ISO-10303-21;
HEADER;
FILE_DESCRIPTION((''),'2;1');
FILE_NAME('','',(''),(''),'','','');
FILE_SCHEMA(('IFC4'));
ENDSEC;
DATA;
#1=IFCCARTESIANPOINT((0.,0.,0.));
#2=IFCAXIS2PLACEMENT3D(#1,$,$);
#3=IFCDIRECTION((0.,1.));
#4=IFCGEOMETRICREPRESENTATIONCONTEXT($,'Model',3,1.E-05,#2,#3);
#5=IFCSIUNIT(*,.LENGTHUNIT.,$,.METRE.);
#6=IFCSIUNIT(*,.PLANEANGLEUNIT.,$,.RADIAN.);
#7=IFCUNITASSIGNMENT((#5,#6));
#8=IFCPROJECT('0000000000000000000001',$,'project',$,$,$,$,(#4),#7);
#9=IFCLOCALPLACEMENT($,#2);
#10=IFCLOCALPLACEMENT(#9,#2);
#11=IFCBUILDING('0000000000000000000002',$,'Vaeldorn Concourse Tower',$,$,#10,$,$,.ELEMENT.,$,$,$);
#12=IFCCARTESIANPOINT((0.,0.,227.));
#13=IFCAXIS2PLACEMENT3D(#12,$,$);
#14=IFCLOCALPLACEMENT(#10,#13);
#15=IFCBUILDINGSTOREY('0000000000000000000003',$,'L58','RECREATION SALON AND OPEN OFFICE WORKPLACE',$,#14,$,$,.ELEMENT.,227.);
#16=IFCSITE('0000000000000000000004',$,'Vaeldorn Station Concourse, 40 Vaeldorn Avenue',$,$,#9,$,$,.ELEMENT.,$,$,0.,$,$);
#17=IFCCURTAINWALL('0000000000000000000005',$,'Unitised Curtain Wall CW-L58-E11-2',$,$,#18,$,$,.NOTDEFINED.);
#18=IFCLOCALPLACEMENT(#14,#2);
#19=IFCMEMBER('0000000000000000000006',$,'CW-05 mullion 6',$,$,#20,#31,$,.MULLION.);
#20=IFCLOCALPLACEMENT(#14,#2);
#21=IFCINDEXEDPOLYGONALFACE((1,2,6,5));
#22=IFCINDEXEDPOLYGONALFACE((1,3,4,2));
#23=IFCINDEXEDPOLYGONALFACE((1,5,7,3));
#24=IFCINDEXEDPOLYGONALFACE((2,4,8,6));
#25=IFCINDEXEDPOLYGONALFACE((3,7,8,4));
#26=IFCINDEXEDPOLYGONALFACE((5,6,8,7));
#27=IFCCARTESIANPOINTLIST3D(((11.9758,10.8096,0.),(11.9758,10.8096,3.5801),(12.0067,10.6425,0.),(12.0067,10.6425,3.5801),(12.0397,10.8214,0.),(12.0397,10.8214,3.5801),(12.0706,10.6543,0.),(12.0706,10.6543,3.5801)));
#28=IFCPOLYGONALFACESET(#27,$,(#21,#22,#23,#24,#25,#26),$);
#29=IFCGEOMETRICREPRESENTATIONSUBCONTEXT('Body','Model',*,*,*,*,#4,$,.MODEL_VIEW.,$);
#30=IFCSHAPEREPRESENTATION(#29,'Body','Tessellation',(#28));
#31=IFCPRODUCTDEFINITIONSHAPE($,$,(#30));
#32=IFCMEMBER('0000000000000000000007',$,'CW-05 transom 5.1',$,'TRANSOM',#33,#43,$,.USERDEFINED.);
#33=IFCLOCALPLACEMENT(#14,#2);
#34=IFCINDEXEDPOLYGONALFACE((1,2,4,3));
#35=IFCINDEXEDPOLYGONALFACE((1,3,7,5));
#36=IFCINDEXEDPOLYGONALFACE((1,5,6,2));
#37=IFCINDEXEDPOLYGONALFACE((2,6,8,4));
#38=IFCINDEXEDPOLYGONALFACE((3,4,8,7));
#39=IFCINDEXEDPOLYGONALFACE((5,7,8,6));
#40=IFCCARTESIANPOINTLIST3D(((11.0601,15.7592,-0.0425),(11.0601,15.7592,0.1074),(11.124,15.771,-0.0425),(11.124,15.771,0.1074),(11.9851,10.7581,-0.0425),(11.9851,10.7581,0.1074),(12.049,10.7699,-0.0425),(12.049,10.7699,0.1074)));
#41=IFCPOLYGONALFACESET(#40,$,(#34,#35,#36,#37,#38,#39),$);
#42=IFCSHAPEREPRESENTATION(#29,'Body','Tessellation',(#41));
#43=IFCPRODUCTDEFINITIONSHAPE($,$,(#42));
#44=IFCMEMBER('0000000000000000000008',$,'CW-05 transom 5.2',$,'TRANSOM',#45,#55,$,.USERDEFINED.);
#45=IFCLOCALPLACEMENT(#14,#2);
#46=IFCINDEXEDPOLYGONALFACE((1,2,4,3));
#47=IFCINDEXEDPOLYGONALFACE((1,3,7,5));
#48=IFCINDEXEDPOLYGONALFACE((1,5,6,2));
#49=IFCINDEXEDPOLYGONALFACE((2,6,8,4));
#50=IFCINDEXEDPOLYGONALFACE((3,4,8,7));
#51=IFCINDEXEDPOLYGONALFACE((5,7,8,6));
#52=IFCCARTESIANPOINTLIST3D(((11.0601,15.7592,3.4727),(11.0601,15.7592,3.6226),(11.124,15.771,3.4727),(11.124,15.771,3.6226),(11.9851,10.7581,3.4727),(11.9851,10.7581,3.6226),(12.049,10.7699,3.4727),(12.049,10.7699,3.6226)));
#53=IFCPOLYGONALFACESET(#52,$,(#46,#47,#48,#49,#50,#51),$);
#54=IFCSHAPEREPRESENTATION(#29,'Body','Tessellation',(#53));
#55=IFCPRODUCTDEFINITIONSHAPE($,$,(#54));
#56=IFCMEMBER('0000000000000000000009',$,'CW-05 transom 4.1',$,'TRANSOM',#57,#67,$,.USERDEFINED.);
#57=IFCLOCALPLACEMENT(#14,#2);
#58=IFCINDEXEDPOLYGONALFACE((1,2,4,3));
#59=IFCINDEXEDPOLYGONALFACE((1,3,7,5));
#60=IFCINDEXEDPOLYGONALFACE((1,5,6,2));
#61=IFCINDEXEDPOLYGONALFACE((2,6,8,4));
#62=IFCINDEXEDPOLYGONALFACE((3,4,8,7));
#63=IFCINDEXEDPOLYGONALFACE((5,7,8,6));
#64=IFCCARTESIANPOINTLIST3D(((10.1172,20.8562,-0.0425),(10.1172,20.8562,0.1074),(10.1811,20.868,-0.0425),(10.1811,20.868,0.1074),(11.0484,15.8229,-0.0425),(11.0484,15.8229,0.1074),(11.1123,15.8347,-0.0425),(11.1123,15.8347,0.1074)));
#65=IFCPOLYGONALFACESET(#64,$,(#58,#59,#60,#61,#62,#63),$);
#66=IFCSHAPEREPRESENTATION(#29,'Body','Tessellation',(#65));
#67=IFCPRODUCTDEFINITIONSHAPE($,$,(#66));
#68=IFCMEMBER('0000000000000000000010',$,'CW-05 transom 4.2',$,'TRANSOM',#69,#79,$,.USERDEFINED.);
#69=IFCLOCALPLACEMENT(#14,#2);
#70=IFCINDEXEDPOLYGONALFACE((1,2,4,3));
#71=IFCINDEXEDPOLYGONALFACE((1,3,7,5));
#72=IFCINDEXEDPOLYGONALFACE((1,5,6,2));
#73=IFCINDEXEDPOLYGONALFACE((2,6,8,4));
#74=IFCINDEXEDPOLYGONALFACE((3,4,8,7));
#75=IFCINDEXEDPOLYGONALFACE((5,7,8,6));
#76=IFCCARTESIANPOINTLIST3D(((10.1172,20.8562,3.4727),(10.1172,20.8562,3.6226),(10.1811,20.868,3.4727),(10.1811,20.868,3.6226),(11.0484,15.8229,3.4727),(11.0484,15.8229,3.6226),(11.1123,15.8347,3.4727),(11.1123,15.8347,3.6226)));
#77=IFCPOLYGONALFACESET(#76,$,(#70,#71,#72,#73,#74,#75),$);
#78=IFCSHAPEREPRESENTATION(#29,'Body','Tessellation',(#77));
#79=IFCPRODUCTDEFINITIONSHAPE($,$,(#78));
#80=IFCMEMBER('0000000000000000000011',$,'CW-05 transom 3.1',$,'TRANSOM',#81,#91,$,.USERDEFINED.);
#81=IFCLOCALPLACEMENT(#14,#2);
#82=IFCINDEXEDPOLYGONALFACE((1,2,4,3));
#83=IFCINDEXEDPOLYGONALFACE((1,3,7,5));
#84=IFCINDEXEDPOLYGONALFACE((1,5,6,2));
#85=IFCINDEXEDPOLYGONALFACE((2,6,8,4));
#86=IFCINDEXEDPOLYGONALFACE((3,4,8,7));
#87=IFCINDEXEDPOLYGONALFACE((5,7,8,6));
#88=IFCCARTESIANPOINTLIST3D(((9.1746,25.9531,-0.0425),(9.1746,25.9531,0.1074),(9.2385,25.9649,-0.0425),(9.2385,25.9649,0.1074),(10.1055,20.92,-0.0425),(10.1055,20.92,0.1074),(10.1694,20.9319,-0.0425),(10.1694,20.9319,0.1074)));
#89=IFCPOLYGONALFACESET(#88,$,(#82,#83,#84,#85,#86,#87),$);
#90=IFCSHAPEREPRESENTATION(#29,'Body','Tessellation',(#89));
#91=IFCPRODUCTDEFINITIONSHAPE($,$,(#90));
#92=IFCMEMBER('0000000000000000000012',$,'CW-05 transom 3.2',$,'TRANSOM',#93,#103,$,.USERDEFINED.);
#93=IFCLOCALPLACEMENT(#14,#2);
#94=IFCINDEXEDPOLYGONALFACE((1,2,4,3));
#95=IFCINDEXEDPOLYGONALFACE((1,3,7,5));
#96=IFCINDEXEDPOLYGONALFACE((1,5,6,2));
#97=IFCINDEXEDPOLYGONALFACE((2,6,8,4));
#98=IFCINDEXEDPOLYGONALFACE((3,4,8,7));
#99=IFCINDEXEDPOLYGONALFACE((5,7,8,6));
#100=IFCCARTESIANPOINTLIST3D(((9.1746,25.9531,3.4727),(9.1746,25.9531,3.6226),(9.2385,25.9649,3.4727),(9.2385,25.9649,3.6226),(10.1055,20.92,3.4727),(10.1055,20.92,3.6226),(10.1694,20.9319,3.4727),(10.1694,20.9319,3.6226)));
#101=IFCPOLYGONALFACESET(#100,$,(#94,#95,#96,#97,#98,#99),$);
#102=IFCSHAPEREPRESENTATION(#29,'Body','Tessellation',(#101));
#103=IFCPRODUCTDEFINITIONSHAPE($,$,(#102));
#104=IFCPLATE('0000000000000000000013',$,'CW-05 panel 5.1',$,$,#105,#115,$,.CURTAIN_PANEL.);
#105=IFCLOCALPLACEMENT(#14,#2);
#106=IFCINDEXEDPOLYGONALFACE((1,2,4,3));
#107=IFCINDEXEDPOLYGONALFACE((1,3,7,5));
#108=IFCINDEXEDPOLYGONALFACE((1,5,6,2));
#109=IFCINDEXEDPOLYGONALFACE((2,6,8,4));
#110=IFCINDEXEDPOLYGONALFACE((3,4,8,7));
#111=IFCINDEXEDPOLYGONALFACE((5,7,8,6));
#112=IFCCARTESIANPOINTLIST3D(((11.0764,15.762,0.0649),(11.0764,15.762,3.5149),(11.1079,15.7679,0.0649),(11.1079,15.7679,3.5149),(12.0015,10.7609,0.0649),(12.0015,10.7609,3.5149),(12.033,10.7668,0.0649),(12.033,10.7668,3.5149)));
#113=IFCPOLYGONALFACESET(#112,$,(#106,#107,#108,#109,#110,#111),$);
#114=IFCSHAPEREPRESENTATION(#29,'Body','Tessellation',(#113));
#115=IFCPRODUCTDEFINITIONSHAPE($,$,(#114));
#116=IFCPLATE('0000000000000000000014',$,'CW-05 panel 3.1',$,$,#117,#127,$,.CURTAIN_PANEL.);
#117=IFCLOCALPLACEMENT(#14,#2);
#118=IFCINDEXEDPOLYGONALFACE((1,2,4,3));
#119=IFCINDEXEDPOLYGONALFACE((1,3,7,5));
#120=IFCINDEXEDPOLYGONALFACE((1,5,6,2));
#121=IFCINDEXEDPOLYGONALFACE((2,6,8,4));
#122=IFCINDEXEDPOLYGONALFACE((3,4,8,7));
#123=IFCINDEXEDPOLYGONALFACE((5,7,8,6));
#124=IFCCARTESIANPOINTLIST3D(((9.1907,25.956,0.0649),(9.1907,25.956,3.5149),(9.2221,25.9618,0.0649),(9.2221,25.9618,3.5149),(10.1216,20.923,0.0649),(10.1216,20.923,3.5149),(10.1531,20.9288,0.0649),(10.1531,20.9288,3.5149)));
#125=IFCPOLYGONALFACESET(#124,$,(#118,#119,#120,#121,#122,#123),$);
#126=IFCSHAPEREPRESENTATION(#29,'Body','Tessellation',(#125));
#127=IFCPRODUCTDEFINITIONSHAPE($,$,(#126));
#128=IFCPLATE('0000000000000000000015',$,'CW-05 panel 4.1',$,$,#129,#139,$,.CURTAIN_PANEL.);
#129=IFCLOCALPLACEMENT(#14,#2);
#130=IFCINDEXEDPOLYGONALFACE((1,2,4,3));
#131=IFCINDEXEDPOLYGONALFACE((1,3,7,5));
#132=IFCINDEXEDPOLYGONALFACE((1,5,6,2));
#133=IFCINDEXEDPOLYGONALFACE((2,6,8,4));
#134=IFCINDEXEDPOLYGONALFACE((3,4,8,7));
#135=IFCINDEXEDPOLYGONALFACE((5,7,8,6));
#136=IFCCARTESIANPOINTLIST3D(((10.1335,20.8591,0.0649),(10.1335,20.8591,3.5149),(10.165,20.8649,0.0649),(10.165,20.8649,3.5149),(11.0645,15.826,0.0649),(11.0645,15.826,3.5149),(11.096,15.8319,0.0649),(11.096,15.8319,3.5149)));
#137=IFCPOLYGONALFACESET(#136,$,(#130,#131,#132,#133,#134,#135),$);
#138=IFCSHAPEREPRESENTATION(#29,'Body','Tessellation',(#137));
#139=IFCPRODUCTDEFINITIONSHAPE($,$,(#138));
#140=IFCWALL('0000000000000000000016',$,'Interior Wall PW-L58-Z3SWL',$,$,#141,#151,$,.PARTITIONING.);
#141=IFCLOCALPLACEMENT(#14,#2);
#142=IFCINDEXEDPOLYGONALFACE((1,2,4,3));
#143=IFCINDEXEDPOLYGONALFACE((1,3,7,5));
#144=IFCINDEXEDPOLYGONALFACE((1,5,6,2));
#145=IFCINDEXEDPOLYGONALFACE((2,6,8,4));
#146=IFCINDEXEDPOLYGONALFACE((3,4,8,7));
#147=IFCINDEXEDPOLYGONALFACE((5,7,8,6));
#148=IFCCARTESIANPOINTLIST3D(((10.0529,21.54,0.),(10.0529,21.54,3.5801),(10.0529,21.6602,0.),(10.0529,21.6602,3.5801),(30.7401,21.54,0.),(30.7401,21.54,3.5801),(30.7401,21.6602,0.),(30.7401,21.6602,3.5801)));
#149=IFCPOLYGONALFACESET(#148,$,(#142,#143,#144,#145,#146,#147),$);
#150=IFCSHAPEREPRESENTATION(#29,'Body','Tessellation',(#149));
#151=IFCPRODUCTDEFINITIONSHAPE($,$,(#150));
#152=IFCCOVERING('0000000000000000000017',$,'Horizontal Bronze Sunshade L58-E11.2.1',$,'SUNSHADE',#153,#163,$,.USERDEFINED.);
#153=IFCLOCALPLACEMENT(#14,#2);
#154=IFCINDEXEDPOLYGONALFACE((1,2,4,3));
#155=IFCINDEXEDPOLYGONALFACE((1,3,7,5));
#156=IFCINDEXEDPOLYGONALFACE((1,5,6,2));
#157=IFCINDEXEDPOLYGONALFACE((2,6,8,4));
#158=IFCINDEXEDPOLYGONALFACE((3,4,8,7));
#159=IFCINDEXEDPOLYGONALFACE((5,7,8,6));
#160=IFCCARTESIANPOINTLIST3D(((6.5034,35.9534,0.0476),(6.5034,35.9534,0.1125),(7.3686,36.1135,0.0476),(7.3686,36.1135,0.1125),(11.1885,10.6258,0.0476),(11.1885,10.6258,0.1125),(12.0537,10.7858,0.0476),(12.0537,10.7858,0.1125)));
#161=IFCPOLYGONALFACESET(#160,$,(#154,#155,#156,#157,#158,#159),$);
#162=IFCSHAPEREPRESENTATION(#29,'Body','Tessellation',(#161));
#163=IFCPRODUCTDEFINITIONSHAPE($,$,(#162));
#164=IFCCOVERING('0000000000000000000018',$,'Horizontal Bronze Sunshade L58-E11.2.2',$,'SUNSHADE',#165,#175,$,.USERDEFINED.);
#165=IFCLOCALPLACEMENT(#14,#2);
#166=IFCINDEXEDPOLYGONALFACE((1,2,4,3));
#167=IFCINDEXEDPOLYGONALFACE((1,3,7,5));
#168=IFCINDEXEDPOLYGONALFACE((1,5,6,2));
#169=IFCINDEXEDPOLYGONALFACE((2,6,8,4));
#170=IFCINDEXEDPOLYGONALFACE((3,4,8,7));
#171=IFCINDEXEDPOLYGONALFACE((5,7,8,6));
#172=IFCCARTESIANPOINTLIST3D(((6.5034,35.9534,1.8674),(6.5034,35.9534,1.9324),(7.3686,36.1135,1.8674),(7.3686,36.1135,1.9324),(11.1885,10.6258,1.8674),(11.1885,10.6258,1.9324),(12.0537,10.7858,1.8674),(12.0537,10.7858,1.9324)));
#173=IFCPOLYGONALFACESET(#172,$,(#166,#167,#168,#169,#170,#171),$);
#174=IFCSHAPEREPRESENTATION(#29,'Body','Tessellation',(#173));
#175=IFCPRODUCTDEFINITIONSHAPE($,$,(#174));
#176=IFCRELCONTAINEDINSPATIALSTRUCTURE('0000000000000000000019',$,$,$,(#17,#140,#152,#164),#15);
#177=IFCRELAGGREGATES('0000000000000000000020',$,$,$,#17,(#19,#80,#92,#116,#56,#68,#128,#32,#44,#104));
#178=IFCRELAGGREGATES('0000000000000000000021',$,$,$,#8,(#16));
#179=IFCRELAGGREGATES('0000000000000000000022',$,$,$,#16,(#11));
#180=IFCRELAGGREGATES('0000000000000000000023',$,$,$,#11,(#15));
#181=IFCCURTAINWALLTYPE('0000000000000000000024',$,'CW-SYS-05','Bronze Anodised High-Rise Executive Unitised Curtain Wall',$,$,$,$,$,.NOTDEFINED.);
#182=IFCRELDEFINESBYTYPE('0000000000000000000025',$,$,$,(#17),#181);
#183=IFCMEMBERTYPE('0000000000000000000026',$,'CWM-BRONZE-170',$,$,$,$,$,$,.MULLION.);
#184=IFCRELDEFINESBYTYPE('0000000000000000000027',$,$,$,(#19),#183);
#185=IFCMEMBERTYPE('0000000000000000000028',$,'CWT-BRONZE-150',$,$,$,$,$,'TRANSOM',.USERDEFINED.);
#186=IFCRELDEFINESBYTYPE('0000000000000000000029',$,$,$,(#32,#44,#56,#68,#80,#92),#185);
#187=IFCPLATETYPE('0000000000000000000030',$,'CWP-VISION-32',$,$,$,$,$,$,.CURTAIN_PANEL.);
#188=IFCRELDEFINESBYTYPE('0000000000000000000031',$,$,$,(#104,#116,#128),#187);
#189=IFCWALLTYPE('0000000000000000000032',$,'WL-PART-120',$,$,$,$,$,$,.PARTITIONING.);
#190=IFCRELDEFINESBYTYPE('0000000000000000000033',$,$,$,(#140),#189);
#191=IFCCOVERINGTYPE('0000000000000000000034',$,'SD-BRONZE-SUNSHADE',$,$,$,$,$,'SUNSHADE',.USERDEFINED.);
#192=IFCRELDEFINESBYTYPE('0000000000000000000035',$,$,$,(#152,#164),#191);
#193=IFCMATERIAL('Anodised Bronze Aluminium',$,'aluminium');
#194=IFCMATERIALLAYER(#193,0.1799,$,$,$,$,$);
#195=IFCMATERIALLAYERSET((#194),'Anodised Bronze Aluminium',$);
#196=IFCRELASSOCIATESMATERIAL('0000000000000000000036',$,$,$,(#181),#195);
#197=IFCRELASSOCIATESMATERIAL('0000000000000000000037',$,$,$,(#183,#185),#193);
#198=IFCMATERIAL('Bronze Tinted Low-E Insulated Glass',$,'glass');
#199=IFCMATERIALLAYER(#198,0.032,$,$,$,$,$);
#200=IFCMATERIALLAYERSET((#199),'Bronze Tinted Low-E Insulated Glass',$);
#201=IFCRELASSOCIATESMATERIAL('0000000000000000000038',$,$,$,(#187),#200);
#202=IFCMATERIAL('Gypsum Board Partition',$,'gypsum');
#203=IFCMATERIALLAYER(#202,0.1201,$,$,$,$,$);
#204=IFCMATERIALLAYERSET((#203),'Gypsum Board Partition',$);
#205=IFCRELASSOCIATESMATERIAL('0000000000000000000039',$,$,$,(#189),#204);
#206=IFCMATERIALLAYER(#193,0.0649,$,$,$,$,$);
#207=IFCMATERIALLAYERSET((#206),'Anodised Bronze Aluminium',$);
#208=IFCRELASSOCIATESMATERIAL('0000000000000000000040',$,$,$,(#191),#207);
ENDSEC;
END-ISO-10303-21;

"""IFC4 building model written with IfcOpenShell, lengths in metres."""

from ifc_helpers import new_model, si_unit, direction, frame, frame_2d, origin, origin_2d, place, context, subcontext, project, spatial, rectangle, extrude, source, transform, mapped, material, layer, layer_set, material_profile, profile_set, type_object, element, aggregate, save


model = new_model("IFC4")

# Units and contexts
model_context = context("Model", 3, precision=1e-05, world=origin(), true_north=direction((0.0, 1.0)))
body_context = subcontext(model_context, "Body", "Model", "MODEL_VIEW")
ifc_project = project(units=[si_unit("LENGTHUNIT", "METRE"), si_unit("PLANEANGLEUNIT", "RADIAN")], contexts=[model_context])

# Site, building, storey
site_placement = place(None, origin())
site = spatial("IfcSite", under=ifc_project, at=site_placement, Name="Vaeldorn Station Concourse, 40 Vaeldorn Avenue", CompositionType="ELEMENT", RefElevation=0.0)
building_placement = place(site_placement, origin())
building = spatial("IfcBuilding", under=site, at=building_placement, Name="Vaeldorn Concourse Tower", CompositionType="ELEMENT")
storey_placement = place(building_placement, frame((0.0, 0.0, 227.0)))
storey = spatial("IfcBuildingStorey", under=building, at=storey_placement, Name="L58", Description="RECREATION SALON AND OPEN OFFICE WORKPLACE", CompositionType="ELEMENT", Elevation=227.0)

# Curtain wall, members, plates
ifc_material_1 = material(Name="Anodised Bronze Aluminium", Category="aluminium")
ifc_layer_1 = layer(ifc_material_1, 0.1799)
ifc_layer_set_1 = layer_set([ifc_layer_1], Name="Anodised Bronze Aluminium")
curtain_wall_type = type_object("IfcCurtainWallType", Name="CW-SYS-05", Description="Bronze Anodised High-Rise Executive Unitised Curtain Wall", PredefinedType="NOTDEFINED", material=ifc_layer_set_1)
curtain_wall_placement = place(storey_placement, origin())
curtain_wall = element("IfcCurtainWall", 1, at=curtain_wall_placement, inside=storey, type_object=curtain_wall_type, Name="Unitised Curtain Wall CW-L58-E11-2", PredefinedType="NOTDEFINED")
ifc_material_profile_1 = material_profile(ifc_material_1, rectangle(XDim=0.0649, YDim=0.1699, at=origin_2d()), Name="CWM 65x170")
ifc_profile_set_1 = profile_set([ifc_material_profile_1], Name="Anodised Bronze Aluminium")
member_type_1 = type_object("IfcMemberType", Name="CWM-BRONZE-170", PredefinedType="MULLION", material=ifc_profile_set_1)
shared_shape_1 = source(origin(), body_context, "Body", "SweptSolid", [
    extrude(rectangle(XDim=0.0649, YDim=0.1699, at=origin_2d()), origin(), (0.0, 0.0, 1.0), 3.5801),
])
member_1_placement = place(storey_placement, frame((12.0232, 10.7319, 0.0), z_axis=(0.0, 0.0, 1.0), x_axis=(0.983319, 0.18189, 0.0)))
member_1 = element("IfcMember", 2, at=member_1_placement, type_object=member_type_1, Name="CW-05 mullion 6", PredefinedType="MULLION", context=body_context, shape_type="MappedRepresentation", body=[
    mapped(shared_shape_1, transform((0.0, 0.0, 0.0), scale=1.0)),
])
ifc_material_profile_2 = material_profile(ifc_material_1, rectangle(XDim=0.0649, YDim=0.1499, at=origin_2d()), Name="CWT 65x150")
ifc_profile_set_2 = profile_set([ifc_material_profile_2], Name="Anodised Bronze Aluminium")
member_type_2 = type_object("IfcMemberType", Name="CWT-BRONZE-150", ElementType="TRANSOM", PredefinedType="USERDEFINED", material=ifc_profile_set_2)
shared_shape_2 = source(origin(), body_context, "Body", "SweptSolid", [
    extrude(rectangle(XDim=0.0649, YDim=0.1499, at=origin_2d()), origin(), (0.0, 0.0, 1.0), 5.0859),
])
member_2_placement = place(storey_placement, frame((11.092, 15.7651, 0.0325), z_axis=(0.18188, -0.983321, 0.0), x_axis=(0.983321, 0.18188, 0.0)))
member_2 = element("IfcMember", 3, at=member_2_placement, type_object=member_type_2, Name="CW-05 transom 5.1", ObjectType="TRANSOM", PredefinedType="USERDEFINED", context=body_context, shape_type="MappedRepresentation", body=[
    mapped(shared_shape_2, transform((0.0, 0.0, 0.0), scale=1.0)),
])
member_3_placement = place(storey_placement, frame((11.092, 15.7651, 3.5476), z_axis=(0.18188, -0.983321, 0.0), x_axis=(0.983321, 0.18188, 0.0)))
member_3 = element("IfcMember", 4, at=member_3_placement, type_object=member_type_2, Name="CW-05 transom 5.2", ObjectType="TRANSOM", PredefinedType="USERDEFINED", context=body_context, shape_type="MappedRepresentation", body=[
    mapped(shared_shape_2, transform((0.0, 0.0, 0.0), scale=1.0)),
])
shared_shape_3 = source(origin(), body_context, "Body", "SweptSolid", [
    extrude(rectangle(XDim=0.0649, YDim=0.1499, at=origin_2d()), origin(), (0.0, 0.0, 1.0), 5.1187),
])
member_4_placement = place(storey_placement, frame((10.1492, 20.8621, 0.0325), z_axis=(0.181915, -0.983314, 0.0), x_axis=(0.983314, 0.181915, 0.0)))
member_4 = element("IfcMember", 5, at=member_4_placement, type_object=member_type_2, Name="CW-05 transom 4.1", ObjectType="TRANSOM", PredefinedType="USERDEFINED", context=body_context, shape_type="MappedRepresentation", body=[
    mapped(shared_shape_3, transform((0.0, 0.0, 0.0), scale=1.0)),
])
member_5_placement = place(storey_placement, frame((10.1492, 20.8621, 3.5476), z_axis=(0.181915, -0.983314, 0.0), x_axis=(0.983314, 0.181915, 0.0)))
member_5 = element("IfcMember", 6, at=member_5_placement, type_object=member_type_2, Name="CW-05 transom 4.2", ObjectType="TRANSOM", PredefinedType="USERDEFINED", context=body_context, shape_type="MappedRepresentation", body=[
    mapped(shared_shape_3, transform((0.0, 0.0, 0.0), scale=1.0)),
])
shared_shape_4 = source(origin(), body_context, "Body", "SweptSolid", [
    extrude(rectangle(XDim=0.0649, YDim=0.1499, at=origin_2d()), origin(), (0.0, 0.0, 1.0), 5.1184),
])
member_6_placement = place(storey_placement, frame((9.2065, 25.959, 0.0325), z_axis=(0.181877, -0.983321, 0.0), x_axis=(0.983321, 0.181877, 0.0)))
member_6 = element("IfcMember", 7, at=member_6_placement, type_object=member_type_2, Name="CW-05 transom 3.1", ObjectType="TRANSOM", PredefinedType="USERDEFINED", context=body_context, shape_type="MappedRepresentation", body=[
    mapped(shared_shape_4, transform((0.0, 0.0, 0.0), scale=1.0)),
])
member_7_placement = place(storey_placement, frame((9.2065, 25.959, 3.5476), z_axis=(0.181877, -0.983321, 0.0), x_axis=(0.983321, 0.181877, 0.0)))
member_7 = element("IfcMember", 8, at=member_7_placement, type_object=member_type_2, Name="CW-05 transom 3.2", ObjectType="TRANSOM", PredefinedType="USERDEFINED", context=body_context, shape_type="MappedRepresentation", body=[
    mapped(shared_shape_4, transform((0.0, 0.0, 0.0), scale=1.0)),
])
ifc_material_2 = material(Name="Bronze Tinted Low-E Insulated Glass", Category="glass")
ifc_layer_2 = layer(ifc_material_2, 0.032)
ifc_layer_set_2 = layer_set([ifc_layer_2], Name="Bronze Tinted Low-E Insulated Glass")
plate_type = type_object("IfcPlateType", Name="CWP-VISION-32", PredefinedType="CURTAIN_PANEL", material=ifc_layer_set_2)
shared_shape_5 = source(origin(), body_context, "Body", "SweptSolid", [
    extrude(rectangle(XDim=5.0859, YDim=0.032, at=origin_2d()), origin(), (0.0, 0.0, 1.0), 3.45),
])
plate_1_placement = place(storey_placement, frame((11.5547, 13.2644, 0.0649), z_axis=(0.0, 0.0, 1.0), x_axis=(0.18189, -0.983319, 0.0)))
plate_1 = element("IfcPlate", 9, at=plate_1_placement, type_object=plate_type, Name="CW-05 panel 5.1", PredefinedType="CURTAIN_PANEL", context=body_context, shape_type="MappedRepresentation", body=[
    mapped(shared_shape_5, transform((0.0, 0.0, 0.0), scale=1.0)),
])
shared_shape_6 = source(origin(), body_context, "Body", "SweptSolid", [
    extrude(rectangle(XDim=5.1184, YDim=0.032, at=origin_2d()), origin(), (0.0, 0.0, 1.0), 3.45),
])
plate_2_placement = place(storey_placement, frame((9.6719, 23.4424, 0.0649), z_axis=(0.0, 0.0, 1.0), x_axis=(0.18189, -0.983319, 0.0)))
plate_2 = element("IfcPlate", 10, at=plate_2_placement, type_object=plate_type, Name="CW-05 panel 3.1", PredefinedType="CURTAIN_PANEL", context=body_context, shape_type="MappedRepresentation", body=[
    mapped(shared_shape_6, transform((0.0, 0.0, 0.0), scale=1.0)),
])
plate_3_placement = place(storey_placement, frame((10.6147, 18.3455, 0.0649), z_axis=(0.0, 0.0, 1.0), x_axis=(0.18189, -0.983319, 0.0)))
plate_3 = element("IfcPlate", 11, at=plate_3_placement, type_object=plate_type, Name="CW-05 panel 4.1", PredefinedType="CURTAIN_PANEL", context=body_context, shape_type="MappedRepresentation", body=[
    mapped(shared_shape_6, transform((0.0, 0.0, 0.0), scale=1.0)),
])
aggregate(curtain_wall, [member_1, member_6, member_7, plate_2, member_4, member_5, plate_3, member_2, member_3, plate_1])

# Wall
ifc_material_3 = material(Name="Gypsum Board Partition", Category="gypsum")
ifc_layer_3 = layer(ifc_material_3, 0.1201)
ifc_layer_set_3 = layer_set([ifc_layer_3], Name="Gypsum Board Partition")
wall_type = type_object("IfcWallType", Name="WL-PART-120", PredefinedType="PARTITIONING", material=ifc_layer_set_3)
wall_placement = place(storey_placement, frame((10.0527, 21.6001, 0.0), z_axis=(0.0, 0.0, 1.0), x_axis=(1.0, 0.0, 0.0)))
element("IfcWall", 12, at=wall_placement, inside=storey, type_object=wall_type, Name="Interior Wall PW-L58-Z3SWL", PredefinedType="PARTITIONING", context=body_context, shape_type="SweptSolid", body=[
    extrude(rectangle(XDim=20.6873, YDim=0.1201, at=frame_2d((10.3438, 0.0))), origin(), (0.0, 0.0, 1.0), 3.5801),
])

# Coverings
ifc_layer_4 = layer(ifc_material_1, 0.0649)
ifc_layer_set_4 = layer_set([ifc_layer_4], Name="Anodised Bronze Aluminium")
covering_type = type_object("IfcCoveringType", Name="SD-BRONZE-SUNSHADE", ElementType="SUNSHADE", PredefinedType="USERDEFINED", material=ifc_layer_set_4)
shared_shape_7 = source(origin(), body_context, "Body", "SweptSolid", [
    extrude(rectangle(XDim=25.7573, YDim=0.8799, at=origin_2d()), origin(), (0.0, 0.0, 1.0), 0.0649),
])
for number, where, z_axis, x_axis, name in (
    (13, (9.2786, 23.3696, 0.0476), (0.0, 0.0, 1.0), (0.181892, -0.983318, 0.0), "Horizontal Bronze Sunshade L58-E11.2.1"),
    (14, (9.2786, 23.3696, 1.8674), (0.0, 0.0, 1.0), (0.181892, -0.983318, 0.0), "Horizontal Bronze Sunshade L58-E11.2.2"),
):
    element("IfcCovering", number, at=place(storey_placement, frame(where, z_axis=z_axis, x_axis=x_axis)), inside=storey, type_object=covering_type, Name=name, ObjectType="SUNSHADE", PredefinedType="USERDEFINED", context=body_context, shape_type="MappedRepresentation", body=[
        mapped(shared_shape_7, transform((0.0, 0.0, 0.0), scale=1.0)),
    ])

save(model, "model.ifc")
